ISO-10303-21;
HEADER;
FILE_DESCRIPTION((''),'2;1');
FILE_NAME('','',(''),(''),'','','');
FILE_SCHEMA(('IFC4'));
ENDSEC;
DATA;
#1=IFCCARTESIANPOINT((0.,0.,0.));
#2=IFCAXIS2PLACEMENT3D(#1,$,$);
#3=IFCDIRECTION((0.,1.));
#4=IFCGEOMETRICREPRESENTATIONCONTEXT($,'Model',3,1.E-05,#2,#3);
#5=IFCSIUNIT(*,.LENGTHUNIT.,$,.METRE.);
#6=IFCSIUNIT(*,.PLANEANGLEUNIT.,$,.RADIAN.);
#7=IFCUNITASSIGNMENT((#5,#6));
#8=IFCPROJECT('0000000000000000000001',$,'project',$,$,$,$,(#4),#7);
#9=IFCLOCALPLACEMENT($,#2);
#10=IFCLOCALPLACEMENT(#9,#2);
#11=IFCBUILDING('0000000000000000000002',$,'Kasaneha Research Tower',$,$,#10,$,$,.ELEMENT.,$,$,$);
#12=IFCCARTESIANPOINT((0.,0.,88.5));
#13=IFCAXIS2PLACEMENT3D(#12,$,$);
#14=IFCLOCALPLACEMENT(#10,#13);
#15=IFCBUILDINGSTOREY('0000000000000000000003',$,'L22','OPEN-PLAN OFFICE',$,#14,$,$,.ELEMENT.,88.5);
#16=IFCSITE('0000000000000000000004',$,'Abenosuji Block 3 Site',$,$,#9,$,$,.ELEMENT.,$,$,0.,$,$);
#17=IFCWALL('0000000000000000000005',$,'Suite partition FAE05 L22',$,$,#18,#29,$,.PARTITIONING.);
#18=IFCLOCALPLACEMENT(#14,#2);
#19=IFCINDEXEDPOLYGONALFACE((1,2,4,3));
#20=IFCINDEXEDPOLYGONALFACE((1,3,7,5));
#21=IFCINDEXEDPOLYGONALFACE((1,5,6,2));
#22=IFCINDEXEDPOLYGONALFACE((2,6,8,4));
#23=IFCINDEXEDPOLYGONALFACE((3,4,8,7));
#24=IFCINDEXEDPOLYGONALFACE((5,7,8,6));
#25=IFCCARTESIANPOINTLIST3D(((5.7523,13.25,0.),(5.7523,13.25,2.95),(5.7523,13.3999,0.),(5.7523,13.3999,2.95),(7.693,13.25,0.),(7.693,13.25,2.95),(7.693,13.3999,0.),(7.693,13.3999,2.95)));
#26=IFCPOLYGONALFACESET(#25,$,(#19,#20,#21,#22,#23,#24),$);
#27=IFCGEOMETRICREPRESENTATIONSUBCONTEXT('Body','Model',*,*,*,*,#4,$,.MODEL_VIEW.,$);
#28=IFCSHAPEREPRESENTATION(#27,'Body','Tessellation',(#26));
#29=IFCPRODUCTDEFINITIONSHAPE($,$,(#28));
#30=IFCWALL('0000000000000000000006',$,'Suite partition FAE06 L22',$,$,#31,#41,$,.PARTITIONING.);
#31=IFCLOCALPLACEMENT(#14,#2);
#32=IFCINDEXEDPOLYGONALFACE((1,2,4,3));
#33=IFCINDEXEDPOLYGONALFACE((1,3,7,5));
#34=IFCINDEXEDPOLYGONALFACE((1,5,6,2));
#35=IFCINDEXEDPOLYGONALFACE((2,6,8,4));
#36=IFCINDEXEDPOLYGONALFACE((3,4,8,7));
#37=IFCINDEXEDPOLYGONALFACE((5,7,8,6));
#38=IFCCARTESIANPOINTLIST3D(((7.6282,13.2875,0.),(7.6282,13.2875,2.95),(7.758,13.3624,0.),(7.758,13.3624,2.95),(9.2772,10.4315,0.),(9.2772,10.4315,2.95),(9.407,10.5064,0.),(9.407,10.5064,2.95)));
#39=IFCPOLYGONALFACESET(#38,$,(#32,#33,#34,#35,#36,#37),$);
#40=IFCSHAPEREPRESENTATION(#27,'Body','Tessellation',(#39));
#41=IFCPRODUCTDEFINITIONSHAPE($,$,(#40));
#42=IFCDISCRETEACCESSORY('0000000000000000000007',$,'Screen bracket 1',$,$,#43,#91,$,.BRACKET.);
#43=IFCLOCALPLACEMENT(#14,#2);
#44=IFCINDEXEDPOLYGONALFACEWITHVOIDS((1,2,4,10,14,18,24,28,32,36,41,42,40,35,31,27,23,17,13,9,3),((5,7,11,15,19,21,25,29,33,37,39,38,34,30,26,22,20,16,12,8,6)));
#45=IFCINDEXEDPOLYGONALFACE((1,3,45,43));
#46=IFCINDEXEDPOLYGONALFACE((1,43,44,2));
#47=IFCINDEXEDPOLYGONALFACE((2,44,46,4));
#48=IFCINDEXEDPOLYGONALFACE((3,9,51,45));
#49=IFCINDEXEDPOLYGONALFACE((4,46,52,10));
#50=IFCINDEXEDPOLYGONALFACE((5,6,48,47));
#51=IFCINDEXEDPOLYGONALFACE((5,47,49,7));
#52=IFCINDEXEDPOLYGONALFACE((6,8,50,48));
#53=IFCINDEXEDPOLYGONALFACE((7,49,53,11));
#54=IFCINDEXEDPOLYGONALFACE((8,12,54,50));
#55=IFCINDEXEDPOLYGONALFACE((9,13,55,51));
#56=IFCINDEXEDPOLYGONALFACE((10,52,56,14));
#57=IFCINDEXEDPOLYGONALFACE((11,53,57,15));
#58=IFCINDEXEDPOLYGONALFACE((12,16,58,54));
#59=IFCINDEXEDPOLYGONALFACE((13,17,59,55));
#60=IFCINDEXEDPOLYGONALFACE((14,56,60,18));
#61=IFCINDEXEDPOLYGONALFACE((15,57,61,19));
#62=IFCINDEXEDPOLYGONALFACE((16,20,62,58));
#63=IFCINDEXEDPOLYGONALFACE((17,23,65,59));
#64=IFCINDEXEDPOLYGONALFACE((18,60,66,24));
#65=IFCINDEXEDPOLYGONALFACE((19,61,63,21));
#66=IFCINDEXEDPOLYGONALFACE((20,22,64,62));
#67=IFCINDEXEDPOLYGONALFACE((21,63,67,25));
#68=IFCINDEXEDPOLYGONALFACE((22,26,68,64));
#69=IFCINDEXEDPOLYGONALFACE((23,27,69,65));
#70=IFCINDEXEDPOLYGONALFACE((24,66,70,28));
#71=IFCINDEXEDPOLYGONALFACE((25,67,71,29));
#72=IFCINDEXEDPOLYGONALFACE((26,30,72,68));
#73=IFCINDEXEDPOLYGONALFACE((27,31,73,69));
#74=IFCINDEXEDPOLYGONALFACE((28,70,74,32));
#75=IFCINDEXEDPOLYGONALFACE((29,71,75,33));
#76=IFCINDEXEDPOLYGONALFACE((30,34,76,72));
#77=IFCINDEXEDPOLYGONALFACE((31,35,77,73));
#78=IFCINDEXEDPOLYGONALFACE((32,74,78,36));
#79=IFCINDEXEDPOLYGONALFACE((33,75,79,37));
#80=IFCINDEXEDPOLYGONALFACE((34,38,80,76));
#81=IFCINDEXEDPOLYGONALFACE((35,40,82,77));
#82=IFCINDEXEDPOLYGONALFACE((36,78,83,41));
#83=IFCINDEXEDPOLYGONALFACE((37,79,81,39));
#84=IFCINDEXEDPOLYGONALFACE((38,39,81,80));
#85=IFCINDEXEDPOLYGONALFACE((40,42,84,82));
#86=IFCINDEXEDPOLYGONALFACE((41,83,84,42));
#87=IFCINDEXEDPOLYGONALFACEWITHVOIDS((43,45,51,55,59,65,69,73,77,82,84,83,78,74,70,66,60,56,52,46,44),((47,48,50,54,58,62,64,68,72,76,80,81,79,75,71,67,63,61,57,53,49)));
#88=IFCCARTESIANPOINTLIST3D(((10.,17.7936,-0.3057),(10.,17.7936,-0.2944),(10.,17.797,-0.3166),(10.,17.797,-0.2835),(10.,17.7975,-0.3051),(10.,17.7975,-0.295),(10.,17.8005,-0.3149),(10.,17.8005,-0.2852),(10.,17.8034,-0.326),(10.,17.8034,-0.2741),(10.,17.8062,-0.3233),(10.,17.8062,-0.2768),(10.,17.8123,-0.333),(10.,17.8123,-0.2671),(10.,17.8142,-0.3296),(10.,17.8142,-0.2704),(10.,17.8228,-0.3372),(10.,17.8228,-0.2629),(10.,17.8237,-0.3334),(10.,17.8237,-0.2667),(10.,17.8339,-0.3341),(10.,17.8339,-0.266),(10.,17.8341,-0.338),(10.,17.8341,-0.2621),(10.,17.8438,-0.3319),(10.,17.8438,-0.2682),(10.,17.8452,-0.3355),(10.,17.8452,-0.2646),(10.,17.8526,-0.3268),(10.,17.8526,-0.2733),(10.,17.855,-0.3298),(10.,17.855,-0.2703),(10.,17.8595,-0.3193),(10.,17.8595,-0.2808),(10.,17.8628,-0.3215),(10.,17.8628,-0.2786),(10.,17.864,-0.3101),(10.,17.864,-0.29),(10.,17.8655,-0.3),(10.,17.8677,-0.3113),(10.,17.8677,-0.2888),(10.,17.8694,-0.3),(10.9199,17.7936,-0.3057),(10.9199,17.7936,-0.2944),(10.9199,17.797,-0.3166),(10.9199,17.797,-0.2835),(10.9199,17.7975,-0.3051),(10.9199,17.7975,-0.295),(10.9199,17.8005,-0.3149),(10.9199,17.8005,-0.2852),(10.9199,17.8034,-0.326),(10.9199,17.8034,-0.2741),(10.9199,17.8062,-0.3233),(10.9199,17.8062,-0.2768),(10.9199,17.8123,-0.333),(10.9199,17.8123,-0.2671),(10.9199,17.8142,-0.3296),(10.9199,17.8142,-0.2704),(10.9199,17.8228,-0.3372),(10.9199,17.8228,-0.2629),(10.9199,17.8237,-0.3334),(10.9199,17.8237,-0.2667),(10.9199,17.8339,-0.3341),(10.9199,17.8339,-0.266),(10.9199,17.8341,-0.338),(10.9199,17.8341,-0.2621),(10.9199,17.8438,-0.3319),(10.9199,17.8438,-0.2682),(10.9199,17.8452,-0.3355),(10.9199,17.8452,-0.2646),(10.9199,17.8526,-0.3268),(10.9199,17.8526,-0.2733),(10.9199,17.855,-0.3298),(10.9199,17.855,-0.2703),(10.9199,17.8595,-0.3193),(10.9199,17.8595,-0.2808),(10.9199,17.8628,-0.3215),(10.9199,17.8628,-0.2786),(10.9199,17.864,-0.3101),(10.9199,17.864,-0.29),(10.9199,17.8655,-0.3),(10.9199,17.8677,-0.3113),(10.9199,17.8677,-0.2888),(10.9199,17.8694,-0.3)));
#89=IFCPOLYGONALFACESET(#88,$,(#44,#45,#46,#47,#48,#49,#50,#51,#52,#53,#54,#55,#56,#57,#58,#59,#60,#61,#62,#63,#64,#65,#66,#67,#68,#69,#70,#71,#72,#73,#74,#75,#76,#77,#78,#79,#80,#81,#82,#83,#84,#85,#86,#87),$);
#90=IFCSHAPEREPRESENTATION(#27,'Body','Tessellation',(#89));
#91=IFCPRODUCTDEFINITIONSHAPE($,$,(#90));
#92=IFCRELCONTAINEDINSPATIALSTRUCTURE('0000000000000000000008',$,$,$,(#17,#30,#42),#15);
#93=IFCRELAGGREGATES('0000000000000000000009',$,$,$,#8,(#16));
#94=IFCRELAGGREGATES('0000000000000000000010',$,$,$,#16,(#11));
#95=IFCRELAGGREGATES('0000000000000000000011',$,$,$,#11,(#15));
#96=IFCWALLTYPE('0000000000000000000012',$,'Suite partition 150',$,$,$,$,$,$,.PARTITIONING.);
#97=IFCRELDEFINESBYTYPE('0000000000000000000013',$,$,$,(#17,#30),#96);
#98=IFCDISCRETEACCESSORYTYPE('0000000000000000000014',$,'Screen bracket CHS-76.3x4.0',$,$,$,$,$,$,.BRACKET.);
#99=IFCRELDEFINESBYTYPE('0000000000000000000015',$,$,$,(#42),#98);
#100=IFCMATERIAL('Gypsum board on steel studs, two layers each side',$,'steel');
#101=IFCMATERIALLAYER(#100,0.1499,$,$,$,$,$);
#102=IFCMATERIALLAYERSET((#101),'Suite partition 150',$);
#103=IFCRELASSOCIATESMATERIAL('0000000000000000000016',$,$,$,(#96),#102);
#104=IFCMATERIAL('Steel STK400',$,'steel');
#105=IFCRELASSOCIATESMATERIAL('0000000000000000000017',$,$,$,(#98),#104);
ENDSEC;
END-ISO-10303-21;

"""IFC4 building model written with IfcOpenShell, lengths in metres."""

from ifc_helpers import new_model, si_unit, direction, frame, frame_2d, origin, origin_2d, place, context, subcontext, project, spatial, rectangle, hollow_circle, extrude, material, layer, layer_set, material_profile, profile_set, type_object, element, save


model = new_model("IFC4")

# Units and contexts
model_context = context("Model", 3, precision=1e-05, world=origin(), true_north=direction((0.0, 1.0)))
body_context = subcontext(model_context, "Body", "Model", "MODEL_VIEW")
ifc_project = project(units=[si_unit("LENGTHUNIT", "METRE"), si_unit("PLANEANGLEUNIT", "RADIAN")], contexts=[model_context])

# Site, building, storey
site_placement = place(None, origin())
site = spatial("IfcSite", under=ifc_project, at=site_placement, Name="Abenosuji Block 3 Site", CompositionType="ELEMENT", RefElevation=0.0)
building_placement = place(site_placement, origin())
building = spatial("IfcBuilding", under=site, at=building_placement, Name="Kasaneha Research Tower", CompositionType="ELEMENT")
storey_placement = place(building_placement, frame((0.0, 0.0, 88.5)))
storey = spatial("IfcBuildingStorey", under=building, at=storey_placement, Name="L22", Description="OPEN-PLAN OFFICE", CompositionType="ELEMENT", Elevation=88.5)

# Shared definitions
ifc_material_1 = material(Name="Gypsum board on steel studs, two layers each side", Category="steel")
ifc_layer_1 = layer(ifc_material_1, 0.1499)
ifc_layer_set_1 = layer_set([ifc_layer_1], Name="Suite partition 150")
wall_type_1 = type_object("IfcWallType", Name="Suite partition 150", PredefinedType="PARTITIONING", material=ifc_layer_set_1)

# Walls
wall_1_placement = place(storey_placement, frame((5.7524, 13.325, 0.0), z_axis=(0.0, 0.0, 1.0), x_axis=(1.0, 0.0, 0.0)))
element("IfcWall", 1, at=wall_1_placement, inside=storey, type_object=wall_type_1, Name="Suite partition FAE05 L22", PredefinedType="PARTITIONING", context=body_context, shape_type="SweptSolid", body=[
    extrude(rectangle(XDim=1.9407, YDim=0.1499, at=frame_2d((0.9702, 0.0))), origin(), (0.0, 0.0, 1.0), 2.95),
])
wall_2_placement = place(storey_placement, frame((7.6931, 13.325, 0.0), z_axis=(0.0, 0.0, 1.0), x_axis=(0.500009, -0.86602, 0.0)))
element("IfcWall", 2, at=wall_2_placement, inside=storey, type_object=wall_type_1, Name="Suite partition FAE06 L22", PredefinedType="PARTITIONING", context=body_context, shape_type="SweptSolid", body=[
    extrude(rectangle(XDim=3.2979, YDim=0.1499, at=frame_2d((1.6489, 0.0))), origin(), (0.0, 0.0, 1.0), 2.95),
])

# Discrete accessory
ifc_material_2 = material(Name="Steel STK400", Category="steel")
ifc_material_profile_1 = material_profile(ifc_material_2, hollow_circle(Radius=0.0381, WallThickness=0.0039, at=origin_2d()), Name="CHS-76.3x4.0")
ifc_profile_set_1 = profile_set([ifc_material_profile_1], Name="Steel STK400")
discrete_accessory_type = type_object("IfcDiscreteAccessoryType", Name="Screen bracket CHS-76.3x4.0", PredefinedType="BRACKET", material=ifc_profile_set_1)
discrete_accessory_placement = place(storey_placement, frame((10.0, 17.8313, -0.3), z_axis=(1.0, 0.0, 0.0), x_axis=(0.0, 1.0, 0.0)))
element("IfcDiscreteAccessory", 3, at=discrete_accessory_placement, inside=storey, type_object=discrete_accessory_type, Name="Screen bracket 1", PredefinedType="BRACKET", context=body_context, shape_type="SweptSolid", body=[
    extrude(hollow_circle(Radius=0.0381, WallThickness=0.0039, at=origin_2d()), origin(), (0.0, 0.0, 1.0), 0.9199),
])

save(model, "model.ifc")
